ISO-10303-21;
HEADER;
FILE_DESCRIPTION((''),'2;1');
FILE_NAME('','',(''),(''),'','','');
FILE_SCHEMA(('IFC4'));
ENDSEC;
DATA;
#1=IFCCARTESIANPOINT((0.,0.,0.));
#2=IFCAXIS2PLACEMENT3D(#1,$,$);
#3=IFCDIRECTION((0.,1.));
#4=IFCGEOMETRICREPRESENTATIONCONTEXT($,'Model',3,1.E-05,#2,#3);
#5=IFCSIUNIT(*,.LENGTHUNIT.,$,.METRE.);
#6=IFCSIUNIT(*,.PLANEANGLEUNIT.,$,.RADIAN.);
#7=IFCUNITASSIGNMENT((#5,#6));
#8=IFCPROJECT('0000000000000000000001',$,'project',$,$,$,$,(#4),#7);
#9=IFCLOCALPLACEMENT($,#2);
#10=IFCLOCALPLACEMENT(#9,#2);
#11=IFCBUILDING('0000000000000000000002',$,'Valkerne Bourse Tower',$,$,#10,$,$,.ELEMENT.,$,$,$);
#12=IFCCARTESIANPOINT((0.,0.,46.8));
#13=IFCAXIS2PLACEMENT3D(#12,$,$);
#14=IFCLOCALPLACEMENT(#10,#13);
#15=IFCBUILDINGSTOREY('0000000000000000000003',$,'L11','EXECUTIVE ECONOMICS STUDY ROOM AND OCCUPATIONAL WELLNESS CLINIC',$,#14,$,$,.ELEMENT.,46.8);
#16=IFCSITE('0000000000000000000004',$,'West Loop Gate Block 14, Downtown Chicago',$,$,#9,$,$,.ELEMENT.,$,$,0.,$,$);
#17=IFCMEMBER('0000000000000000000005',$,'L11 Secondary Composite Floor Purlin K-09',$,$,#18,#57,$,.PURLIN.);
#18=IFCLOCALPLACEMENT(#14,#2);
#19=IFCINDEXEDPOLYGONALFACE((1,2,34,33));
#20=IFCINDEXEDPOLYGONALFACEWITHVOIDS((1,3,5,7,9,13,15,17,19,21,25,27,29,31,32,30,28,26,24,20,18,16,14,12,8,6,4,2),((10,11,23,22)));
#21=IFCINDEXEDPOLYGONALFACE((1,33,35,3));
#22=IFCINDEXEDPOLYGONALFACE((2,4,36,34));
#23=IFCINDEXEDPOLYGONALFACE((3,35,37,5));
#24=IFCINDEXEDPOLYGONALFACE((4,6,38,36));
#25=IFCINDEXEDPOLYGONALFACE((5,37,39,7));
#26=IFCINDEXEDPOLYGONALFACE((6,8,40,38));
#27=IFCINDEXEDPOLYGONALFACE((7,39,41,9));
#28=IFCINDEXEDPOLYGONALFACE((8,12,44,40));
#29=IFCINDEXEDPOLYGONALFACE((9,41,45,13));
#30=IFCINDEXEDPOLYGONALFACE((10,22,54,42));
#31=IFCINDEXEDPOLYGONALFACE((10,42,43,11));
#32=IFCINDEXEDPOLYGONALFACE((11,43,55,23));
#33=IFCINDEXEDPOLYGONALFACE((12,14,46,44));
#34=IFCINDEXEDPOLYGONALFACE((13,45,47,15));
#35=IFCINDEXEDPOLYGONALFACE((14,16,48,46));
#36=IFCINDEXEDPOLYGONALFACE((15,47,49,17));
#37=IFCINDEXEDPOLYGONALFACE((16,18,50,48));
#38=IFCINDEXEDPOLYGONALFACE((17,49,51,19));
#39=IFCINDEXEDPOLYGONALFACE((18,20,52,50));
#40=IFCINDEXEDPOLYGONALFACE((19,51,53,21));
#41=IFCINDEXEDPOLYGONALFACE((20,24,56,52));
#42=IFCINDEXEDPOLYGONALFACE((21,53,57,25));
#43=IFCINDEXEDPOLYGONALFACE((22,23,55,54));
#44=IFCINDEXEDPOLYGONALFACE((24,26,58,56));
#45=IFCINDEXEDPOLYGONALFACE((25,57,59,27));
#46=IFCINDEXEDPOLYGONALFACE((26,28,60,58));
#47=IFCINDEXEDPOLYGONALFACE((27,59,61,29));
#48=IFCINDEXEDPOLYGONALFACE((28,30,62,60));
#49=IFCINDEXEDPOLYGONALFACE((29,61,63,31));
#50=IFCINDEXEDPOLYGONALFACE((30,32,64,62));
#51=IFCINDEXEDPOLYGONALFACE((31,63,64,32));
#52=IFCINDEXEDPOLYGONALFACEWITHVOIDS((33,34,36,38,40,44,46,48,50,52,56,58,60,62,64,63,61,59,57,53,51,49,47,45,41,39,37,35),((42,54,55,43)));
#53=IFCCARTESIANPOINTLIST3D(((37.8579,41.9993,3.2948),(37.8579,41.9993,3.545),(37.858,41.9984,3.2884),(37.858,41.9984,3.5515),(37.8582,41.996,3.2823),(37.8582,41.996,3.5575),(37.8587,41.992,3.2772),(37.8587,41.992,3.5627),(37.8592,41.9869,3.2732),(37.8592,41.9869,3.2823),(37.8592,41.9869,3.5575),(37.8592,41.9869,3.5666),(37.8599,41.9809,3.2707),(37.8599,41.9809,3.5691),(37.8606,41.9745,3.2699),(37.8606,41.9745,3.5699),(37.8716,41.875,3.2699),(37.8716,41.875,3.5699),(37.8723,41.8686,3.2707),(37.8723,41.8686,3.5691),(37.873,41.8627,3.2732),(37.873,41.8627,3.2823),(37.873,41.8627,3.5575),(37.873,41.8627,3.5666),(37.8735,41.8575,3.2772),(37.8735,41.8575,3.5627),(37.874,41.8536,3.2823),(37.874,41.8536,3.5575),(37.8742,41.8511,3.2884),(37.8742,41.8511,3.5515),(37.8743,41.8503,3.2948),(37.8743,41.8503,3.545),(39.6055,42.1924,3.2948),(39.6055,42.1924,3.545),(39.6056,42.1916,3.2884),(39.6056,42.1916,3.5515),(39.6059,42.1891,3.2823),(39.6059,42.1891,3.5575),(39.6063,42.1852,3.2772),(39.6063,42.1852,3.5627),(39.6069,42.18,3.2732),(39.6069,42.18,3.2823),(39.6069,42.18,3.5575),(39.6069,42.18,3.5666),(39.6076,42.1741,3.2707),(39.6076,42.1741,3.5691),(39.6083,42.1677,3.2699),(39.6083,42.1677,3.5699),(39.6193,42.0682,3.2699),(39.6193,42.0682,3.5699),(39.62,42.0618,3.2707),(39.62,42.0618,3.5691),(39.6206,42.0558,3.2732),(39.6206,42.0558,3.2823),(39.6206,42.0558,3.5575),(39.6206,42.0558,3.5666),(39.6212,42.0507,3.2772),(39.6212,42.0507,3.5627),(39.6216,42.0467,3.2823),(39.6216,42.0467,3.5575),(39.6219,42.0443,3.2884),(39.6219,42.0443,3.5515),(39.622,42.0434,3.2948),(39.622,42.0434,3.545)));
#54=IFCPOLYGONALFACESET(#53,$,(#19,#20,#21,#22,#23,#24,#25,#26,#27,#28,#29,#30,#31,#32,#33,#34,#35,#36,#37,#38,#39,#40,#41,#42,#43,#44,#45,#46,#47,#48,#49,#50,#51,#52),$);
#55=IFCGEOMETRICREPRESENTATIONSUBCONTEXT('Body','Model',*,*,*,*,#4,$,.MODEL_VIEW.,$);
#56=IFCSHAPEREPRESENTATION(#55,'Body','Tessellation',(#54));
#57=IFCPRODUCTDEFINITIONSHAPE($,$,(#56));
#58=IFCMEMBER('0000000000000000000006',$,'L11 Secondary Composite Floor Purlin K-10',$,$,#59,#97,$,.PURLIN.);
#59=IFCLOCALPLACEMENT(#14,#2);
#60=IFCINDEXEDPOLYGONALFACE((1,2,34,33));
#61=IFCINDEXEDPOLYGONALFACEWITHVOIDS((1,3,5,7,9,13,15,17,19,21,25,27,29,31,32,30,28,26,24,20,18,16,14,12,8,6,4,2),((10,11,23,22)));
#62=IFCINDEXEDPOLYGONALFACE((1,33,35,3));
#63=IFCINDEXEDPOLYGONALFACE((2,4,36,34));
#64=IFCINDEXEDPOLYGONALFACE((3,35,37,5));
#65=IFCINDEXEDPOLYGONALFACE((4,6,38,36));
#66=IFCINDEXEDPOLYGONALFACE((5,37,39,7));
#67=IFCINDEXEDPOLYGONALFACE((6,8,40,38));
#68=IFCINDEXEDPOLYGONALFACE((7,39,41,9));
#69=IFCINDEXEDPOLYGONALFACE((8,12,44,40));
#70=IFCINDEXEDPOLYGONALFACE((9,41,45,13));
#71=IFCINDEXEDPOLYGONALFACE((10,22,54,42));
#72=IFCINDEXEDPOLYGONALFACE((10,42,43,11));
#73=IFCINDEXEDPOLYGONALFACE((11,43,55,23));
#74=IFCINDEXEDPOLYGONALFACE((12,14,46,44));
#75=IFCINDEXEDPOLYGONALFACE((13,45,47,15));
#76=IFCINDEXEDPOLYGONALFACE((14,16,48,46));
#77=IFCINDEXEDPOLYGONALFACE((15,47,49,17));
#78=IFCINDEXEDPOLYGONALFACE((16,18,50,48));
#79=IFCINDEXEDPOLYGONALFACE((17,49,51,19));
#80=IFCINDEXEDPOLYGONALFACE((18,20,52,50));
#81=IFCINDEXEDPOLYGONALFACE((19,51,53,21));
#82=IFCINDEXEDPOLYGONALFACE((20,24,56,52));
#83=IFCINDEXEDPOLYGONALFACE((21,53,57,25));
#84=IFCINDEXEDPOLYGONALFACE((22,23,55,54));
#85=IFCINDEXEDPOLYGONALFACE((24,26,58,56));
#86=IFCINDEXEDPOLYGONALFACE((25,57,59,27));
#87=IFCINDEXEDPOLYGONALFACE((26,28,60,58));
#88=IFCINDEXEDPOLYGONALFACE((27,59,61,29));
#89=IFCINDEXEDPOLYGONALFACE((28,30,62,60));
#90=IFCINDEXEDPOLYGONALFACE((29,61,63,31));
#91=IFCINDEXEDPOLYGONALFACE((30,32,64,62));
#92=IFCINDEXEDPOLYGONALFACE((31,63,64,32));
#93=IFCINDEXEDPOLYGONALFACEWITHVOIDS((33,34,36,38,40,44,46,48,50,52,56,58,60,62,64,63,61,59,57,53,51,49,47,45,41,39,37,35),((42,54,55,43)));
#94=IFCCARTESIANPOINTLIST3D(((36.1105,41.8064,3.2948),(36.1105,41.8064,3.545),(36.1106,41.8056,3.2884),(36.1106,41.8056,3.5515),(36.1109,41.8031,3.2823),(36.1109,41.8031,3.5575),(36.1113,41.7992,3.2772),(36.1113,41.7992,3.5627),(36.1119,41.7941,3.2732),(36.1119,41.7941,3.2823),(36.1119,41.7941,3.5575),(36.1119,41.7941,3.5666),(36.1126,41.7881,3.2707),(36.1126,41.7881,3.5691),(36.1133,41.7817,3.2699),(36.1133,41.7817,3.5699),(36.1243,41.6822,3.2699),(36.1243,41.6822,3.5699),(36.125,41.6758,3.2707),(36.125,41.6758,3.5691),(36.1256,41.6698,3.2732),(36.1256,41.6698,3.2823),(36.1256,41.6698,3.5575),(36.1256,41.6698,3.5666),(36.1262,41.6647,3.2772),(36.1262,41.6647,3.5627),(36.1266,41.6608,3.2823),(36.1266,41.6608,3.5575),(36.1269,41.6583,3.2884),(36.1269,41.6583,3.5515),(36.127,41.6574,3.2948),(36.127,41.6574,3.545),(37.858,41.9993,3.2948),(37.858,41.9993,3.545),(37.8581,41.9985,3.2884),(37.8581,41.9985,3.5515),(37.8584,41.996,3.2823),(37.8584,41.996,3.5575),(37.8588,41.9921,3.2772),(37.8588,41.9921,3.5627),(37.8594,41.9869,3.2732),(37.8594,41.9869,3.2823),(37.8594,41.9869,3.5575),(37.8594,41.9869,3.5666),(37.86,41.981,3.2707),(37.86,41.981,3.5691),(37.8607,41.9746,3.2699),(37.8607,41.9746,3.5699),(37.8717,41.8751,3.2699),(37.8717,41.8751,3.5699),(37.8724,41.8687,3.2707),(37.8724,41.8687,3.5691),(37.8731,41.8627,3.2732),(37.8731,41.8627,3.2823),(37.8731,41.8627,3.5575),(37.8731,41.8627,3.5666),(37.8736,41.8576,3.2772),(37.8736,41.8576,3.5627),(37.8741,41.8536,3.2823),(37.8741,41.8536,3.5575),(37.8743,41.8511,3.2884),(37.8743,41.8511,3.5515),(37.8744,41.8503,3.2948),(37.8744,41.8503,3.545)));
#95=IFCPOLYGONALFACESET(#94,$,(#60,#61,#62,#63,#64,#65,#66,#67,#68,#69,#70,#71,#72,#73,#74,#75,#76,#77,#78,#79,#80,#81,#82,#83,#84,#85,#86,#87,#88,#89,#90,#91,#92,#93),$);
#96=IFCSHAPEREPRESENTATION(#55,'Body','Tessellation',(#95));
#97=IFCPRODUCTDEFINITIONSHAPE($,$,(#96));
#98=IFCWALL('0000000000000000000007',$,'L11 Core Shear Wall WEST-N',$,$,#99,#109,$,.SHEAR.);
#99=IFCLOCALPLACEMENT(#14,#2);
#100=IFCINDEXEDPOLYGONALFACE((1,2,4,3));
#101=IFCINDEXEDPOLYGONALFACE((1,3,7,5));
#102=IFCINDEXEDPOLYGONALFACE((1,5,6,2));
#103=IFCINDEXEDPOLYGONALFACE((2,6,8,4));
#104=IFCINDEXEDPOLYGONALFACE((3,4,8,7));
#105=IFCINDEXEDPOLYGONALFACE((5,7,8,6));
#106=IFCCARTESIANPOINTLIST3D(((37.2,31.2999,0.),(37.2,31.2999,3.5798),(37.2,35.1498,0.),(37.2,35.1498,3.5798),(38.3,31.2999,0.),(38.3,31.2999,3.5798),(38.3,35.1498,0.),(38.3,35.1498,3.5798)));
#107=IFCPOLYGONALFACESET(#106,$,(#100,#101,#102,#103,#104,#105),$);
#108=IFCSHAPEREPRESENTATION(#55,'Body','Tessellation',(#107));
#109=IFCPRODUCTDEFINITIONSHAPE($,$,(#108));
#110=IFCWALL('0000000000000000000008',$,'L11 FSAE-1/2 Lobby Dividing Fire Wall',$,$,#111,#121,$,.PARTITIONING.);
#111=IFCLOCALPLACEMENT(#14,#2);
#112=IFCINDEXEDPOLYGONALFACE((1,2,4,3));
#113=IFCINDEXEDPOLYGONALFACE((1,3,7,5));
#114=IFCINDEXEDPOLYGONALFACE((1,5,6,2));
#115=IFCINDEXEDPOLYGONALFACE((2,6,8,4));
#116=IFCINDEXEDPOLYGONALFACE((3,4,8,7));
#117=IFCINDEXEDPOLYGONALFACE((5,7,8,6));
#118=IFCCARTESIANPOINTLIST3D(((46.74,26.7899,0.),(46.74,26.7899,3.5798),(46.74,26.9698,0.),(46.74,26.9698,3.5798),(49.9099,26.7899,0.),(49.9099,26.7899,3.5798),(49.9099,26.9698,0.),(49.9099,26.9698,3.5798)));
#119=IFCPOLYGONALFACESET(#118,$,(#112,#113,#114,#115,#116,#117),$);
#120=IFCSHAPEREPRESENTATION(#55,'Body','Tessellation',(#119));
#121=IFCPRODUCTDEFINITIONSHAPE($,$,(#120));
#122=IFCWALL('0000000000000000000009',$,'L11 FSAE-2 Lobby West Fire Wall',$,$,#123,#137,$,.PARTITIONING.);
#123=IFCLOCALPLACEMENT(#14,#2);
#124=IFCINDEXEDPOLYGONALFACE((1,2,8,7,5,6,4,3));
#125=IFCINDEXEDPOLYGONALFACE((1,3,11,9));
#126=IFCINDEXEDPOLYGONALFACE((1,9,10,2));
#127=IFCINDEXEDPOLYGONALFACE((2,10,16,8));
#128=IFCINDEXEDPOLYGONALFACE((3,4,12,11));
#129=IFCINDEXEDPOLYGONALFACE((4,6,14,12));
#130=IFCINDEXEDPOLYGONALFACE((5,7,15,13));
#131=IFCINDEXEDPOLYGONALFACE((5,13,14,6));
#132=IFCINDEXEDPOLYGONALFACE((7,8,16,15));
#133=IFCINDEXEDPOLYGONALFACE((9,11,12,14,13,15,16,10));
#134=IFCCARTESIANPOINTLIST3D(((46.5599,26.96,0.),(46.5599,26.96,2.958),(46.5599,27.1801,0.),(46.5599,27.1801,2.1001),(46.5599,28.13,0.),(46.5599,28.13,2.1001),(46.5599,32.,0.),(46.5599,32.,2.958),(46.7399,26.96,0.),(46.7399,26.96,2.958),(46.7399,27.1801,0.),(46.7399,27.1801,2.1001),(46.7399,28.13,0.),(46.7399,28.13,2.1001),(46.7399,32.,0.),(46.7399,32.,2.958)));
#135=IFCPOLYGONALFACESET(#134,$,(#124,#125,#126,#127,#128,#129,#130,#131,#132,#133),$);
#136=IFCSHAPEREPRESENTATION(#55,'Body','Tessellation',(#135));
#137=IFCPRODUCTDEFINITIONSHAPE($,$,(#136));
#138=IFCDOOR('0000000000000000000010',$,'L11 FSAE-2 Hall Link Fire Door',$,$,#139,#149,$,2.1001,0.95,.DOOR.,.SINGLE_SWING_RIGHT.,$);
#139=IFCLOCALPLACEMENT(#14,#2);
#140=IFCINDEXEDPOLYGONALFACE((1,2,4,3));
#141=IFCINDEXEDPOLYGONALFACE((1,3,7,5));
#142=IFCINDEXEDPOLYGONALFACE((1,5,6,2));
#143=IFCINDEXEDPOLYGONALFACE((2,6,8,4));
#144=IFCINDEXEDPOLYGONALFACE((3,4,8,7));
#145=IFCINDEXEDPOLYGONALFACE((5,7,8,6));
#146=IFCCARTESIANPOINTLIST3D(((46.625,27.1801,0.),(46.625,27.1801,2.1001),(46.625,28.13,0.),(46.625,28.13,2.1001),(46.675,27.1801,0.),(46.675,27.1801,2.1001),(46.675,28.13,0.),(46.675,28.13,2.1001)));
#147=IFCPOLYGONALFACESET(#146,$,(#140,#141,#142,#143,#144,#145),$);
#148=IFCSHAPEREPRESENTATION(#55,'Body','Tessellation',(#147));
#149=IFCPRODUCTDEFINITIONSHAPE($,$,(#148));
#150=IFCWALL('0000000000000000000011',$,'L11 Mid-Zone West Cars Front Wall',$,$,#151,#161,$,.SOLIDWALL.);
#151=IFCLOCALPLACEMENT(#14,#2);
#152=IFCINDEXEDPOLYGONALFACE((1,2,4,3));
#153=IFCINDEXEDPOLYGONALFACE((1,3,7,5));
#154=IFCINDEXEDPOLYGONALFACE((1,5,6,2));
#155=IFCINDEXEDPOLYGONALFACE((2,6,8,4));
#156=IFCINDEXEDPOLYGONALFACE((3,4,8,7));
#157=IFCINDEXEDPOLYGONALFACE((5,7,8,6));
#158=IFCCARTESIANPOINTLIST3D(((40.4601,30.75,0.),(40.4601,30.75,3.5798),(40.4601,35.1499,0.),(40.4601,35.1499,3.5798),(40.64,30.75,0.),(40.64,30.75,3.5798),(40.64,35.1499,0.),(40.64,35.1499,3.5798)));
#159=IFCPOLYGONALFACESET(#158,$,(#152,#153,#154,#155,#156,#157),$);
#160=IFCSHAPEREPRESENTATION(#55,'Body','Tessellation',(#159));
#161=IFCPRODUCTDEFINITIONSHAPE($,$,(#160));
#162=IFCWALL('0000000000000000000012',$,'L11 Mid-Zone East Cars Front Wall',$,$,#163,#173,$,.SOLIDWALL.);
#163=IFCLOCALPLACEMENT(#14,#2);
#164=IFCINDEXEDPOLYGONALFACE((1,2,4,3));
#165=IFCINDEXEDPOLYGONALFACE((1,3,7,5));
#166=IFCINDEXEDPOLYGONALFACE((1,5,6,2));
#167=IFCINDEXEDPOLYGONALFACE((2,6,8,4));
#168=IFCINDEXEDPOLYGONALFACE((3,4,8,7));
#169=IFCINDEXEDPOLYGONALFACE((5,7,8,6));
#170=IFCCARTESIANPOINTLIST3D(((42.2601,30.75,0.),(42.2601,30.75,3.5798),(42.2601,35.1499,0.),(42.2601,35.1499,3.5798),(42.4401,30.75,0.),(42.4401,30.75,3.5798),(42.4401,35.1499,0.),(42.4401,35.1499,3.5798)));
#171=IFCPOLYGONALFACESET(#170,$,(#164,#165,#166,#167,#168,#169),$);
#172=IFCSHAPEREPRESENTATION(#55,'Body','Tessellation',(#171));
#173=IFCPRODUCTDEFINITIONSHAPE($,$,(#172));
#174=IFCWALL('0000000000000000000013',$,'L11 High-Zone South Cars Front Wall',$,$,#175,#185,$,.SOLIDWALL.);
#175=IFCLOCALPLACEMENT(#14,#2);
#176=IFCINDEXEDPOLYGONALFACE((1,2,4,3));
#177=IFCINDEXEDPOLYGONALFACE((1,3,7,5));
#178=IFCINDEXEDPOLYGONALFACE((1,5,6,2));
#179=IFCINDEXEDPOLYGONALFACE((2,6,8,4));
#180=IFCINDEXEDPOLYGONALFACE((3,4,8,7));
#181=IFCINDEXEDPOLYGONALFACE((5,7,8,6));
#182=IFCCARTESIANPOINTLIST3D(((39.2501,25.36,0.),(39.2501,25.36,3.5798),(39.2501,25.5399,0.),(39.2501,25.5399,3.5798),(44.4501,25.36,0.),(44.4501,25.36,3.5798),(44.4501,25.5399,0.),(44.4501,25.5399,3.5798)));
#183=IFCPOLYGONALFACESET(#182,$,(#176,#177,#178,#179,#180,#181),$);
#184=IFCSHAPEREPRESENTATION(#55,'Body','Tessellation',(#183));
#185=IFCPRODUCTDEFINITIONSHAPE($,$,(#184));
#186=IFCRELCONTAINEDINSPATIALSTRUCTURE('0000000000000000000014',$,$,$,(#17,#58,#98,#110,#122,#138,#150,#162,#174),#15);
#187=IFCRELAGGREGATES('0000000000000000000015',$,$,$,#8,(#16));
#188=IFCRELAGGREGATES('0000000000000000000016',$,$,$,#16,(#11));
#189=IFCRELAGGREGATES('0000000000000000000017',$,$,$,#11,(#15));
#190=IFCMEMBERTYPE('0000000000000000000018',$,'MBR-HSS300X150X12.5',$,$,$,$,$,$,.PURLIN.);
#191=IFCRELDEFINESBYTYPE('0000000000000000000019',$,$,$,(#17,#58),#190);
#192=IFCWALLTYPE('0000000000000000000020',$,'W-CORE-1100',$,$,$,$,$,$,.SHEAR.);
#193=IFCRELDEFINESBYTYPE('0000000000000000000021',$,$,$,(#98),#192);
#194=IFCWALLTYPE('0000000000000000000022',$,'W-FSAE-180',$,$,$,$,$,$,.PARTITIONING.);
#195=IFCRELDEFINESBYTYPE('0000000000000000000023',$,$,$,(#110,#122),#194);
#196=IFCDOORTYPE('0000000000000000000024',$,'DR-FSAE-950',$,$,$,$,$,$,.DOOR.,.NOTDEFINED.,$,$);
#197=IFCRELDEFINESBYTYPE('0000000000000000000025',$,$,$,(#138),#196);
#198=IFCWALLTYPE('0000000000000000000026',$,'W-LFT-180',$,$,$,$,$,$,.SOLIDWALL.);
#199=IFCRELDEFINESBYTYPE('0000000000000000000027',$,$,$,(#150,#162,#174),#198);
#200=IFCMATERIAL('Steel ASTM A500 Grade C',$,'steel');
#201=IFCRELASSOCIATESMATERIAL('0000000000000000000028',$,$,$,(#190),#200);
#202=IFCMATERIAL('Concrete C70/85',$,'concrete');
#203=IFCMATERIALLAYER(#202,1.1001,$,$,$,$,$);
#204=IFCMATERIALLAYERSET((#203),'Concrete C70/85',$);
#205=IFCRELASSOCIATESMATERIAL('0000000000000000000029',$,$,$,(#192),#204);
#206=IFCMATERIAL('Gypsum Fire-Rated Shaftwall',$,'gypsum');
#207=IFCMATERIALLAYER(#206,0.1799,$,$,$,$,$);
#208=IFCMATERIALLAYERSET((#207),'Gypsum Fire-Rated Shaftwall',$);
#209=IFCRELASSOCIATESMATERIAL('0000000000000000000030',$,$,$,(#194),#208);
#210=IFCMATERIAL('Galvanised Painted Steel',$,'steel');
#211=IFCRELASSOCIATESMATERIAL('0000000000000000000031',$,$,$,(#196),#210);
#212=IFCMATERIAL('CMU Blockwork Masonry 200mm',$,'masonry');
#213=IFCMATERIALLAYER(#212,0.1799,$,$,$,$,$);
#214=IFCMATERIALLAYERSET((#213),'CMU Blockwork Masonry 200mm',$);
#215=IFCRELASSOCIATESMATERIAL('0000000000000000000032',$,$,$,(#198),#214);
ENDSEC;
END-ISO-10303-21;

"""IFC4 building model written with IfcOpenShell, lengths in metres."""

from ifc_helpers import new_model, si_unit, direction, frame, frame_2d, origin, origin_2d, place, context, subcontext, project, spatial, rectangle, hollow_rectangle, extrude, material, layer, layer_set, material_profile, profile_set, type_object, element, fill, save


model = new_model("IFC4")

# Units and contexts
model_context = context("Model", 3, precision=1e-05, world=origin(), true_north=direction((0.0, 1.0)))
body_context = subcontext(model_context, "Body", "Model", "MODEL_VIEW")
ifc_project = project(units=[si_unit("LENGTHUNIT", "METRE"), si_unit("PLANEANGLEUNIT", "RADIAN")], contexts=[model_context])

# Site, building, storey
site_placement = place(None, origin())
site = spatial("IfcSite", under=ifc_project, at=site_placement, Name="West Loop Gate Block 14, Downtown Chicago", CompositionType="ELEMENT", RefElevation=0.0)
building_placement = place(site_placement, origin())
building = spatial("IfcBuilding", under=site, at=building_placement, Name="Valkerne Bourse Tower", CompositionType="ELEMENT")
storey_placement = place(building_placement, frame((0.0, 0.0, 46.8)))
storey = spatial("IfcBuildingStorey", under=building, at=storey_placement, Name="L11", Description="EXECUTIVE ECONOMICS STUDY ROOM AND OCCUPATIONAL WELLNESS CLINIC", CompositionType="ELEMENT", Elevation=46.8)

# Members
ifc_material_1 = material(Name="Steel ASTM A500 Grade C", Category="steel")
ifc_material_profile_1 = material_profile(ifc_material_1, hollow_rectangle(XDim=0.1499, YDim=0.3, WallThickness=0.0125, OuterFilletRadius=0.0249, at=origin_2d()), Name="HSS300X150X12.5")
ifc_profile_set_1 = profile_set([ifc_material_profile_1], Name="Steel ASTM A500 Grade C")
member_type = type_object("IfcMemberType", Name="MBR-HSS300X150X12.5", PredefinedType="PURLIN", material=ifc_profile_set_1)
member_1_placement = place(storey_placement, frame((39.6138, 42.1179, 3.4199), z_axis=(-0.99395, -0.109837, 0.0), x_axis=(0.109837, -0.99395, 0.0)))
element("IfcMember", 1, at=member_1_placement, inside=storey, type_object=member_type, Name="L11 Secondary Composite Floor Purlin K-09", PredefinedType="PURLIN", context=body_context, shape_type="SweptSolid", body=[
    extrude(hollow_rectangle(XDim=0.1499, YDim=0.3, WallThickness=0.0125, OuterFilletRadius=0.0249, at=origin_2d()), origin(), (0.0, 0.0, 1.0), 1.7583),
])
member_2_placement = place(storey_placement, frame((37.8662, 41.9248, 3.4199), z_axis=(-0.993965, -0.1097, 0.0), x_axis=(0.1097, -0.993965, 0.0)))
element("IfcMember", 2, at=member_2_placement, inside=storey, type_object=member_type, Name="L11 Secondary Composite Floor Purlin K-10", PredefinedType="PURLIN", context=body_context, shape_type="SweptSolid", body=[
    extrude(hollow_rectangle(XDim=0.1499, YDim=0.3, WallThickness=0.0125, OuterFilletRadius=0.0249, at=origin_2d()), origin(), (0.0, 0.0, 1.0), 1.7581),
])

# Shared definitions
ifc_material_2 = material(Name="Concrete C70/85", Category="concrete")
ifc_layer_1 = layer(ifc_material_2, 1.1001)
ifc_layer_set_1 = layer_set([ifc_layer_1], Name="Concrete C70/85")
wall_type_1 = type_object("IfcWallType", Name="W-CORE-1100", PredefinedType="SHEAR", material=ifc_layer_set_1)
ifc_material_3 = material(Name="Galvanised Painted Steel", Category="steel")

# Walls
wall_1_placement = place(storey_placement, frame((37.75, 31.3, 0.0), z_axis=(0.0, 0.0, 1.0), x_axis=(0.0, 1.0, 0.0)))
element("IfcWall", 3, at=wall_1_placement, inside=storey, type_object=wall_type_1, Name="L11 Core Shear Wall WEST-N", PredefinedType="SHEAR", context=body_context, shape_type="SweptSolid", body=[
    extrude(rectangle(XDim=3.8499, YDim=1.1001, at=frame_2d((1.9248, 0.0))), origin(), (0.0, 0.0, 1.0), 3.5798),
])
ifc_material_4 = material(Name="Gypsum Fire-Rated Shaftwall", Category="gypsum")
ifc_layer_2 = layer(ifc_material_4, 0.1799)
ifc_layer_set_2 = layer_set([ifc_layer_2], Name="Gypsum Fire-Rated Shaftwall")
wall_type_2 = type_object("IfcWallType", Name="W-FSAE-180", PredefinedType="PARTITIONING", material=ifc_layer_set_2)
wall_2_placement = place(storey_placement, frame((46.74, 26.8799, 0.0), z_axis=(0.0, 0.0, 1.0), x_axis=(1.0, 0.0, 0.0)))
element("IfcWall", 4, at=wall_2_placement, inside=storey, type_object=wall_type_2, Name="L11 FSAE-1/2 Lobby Dividing Fire Wall", PredefinedType="PARTITIONING", context=body_context, shape_type="SweptSolid", body=[
    extrude(rectangle(XDim=3.1699, YDim=0.1799, at=frame_2d((1.585, 0.0))), origin(), (0.0, 0.0, 1.0), 3.5798),
])

# Wall, opening, door
wall_3_placement = place(storey_placement, frame((46.6499, 26.96, 0.0), z_axis=(0.0, 0.0, 1.0), x_axis=(0.0, 1.0, 0.0)))
wall_3 = element("IfcWall", 5, at=wall_3_placement, inside=storey, type_object=wall_type_2, Name="L11 FSAE-2 Lobby West Fire Wall", PredefinedType="PARTITIONING", context=body_context, shape_type="SweptSolid", body=[
    extrude(rectangle(XDim=5.04, YDim=0.1799, at=frame_2d((2.52, 0.0))), origin(), (0.0, 0.0, 1.0), 2.958),
])
opening_1_placement = place(wall_3_placement, frame((0.22, 0.0, 0.0)))
opening_1 = element("IfcOpeningElement", 6, at=opening_1_placement, cuts=wall_3, PredefinedType="OPENING", context=body_context, shape_type="SweptSolid", body=[
    extrude(rectangle(XDim=0.95, YDim=2.1001, at=frame_2d((0.4751, 1.05))), frame((0.0, 0.0999, 0.0), z_axis=(0.0, -1.0, 0.0), x_axis=(1.0, 0.0, 0.0)), (0.0, 0.0, 1.0), 0.2),
])
door_type_1 = type_object("IfcDoorType", Name="DR-FSAE-950", OperationType="NOTDEFINED", PredefinedType="DOOR", material=ifc_material_3)
door_1_placement = place(opening_1_placement, origin())
door_1 = element("IfcDoor", 7, at=door_1_placement, inside=storey, type_object=door_type_1, Name="L11 FSAE-2 Hall Link Fire Door", OperationType="SINGLE_SWING_RIGHT", OverallHeight=2.1001, OverallWidth=0.95, PredefinedType="DOOR", context=body_context, shape_type="SweptSolid", body=[
    extrude(rectangle(XDim=0.95, YDim=2.1001, at=frame_2d((0.4751, 1.05))), frame((0.0, 0.0249, 0.0), z_axis=(0.0, -1.0, 0.0), x_axis=(1.0, 0.0, 0.0)), (0.0, 0.0, 1.0), 0.05),
])
fill(opening_1, door_1)

# Walls
ifc_material_5 = material(Name="CMU Blockwork Masonry 200mm", Category="masonry")
ifc_layer_3 = layer(ifc_material_5, 0.1799)
ifc_layer_set_3 = layer_set([ifc_layer_3], Name="CMU Blockwork Masonry 200mm")
wall_type_3 = type_object("IfcWallType", Name="W-LFT-180", PredefinedType="SOLIDWALL", material=ifc_layer_set_3)
for number, where, z_axis, x_axis, name in (
    (8, (40.55, 30.75, 0.0), (0.0, 0.0, 1.0), (0.0, 1.0, 0.0), "L11 Mid-Zone West Cars Front Wall"),
    (9, (42.3501, 30.75, 0.0), (0.0, 0.0, 1.0), (0.0, 1.0, 0.0), "L11 Mid-Zone East Cars Front Wall"),
):
    element("IfcWall", number, at=place(storey_placement, frame(where, z_axis=z_axis, x_axis=x_axis)), inside=storey, type_object=wall_type_3, Name=name, PredefinedType="SOLIDWALL", context=body_context, shape_type="SweptSolid", body=[
        extrude(rectangle(XDim=4.3999, YDim=0.1799, at=frame_2d((2.2, 0.0))), origin(), (0.0, 0.0, 1.0), 3.5798),
    ])
for number, where, z_axis, x_axis, name in (
    (10, (39.25, 25.45, 0.0), (0.0, 0.0, 1.0), (1.0, 0.0, 0.0), "L11 High-Zone South Cars Front Wall"),
):
    element("IfcWall", number, at=place(storey_placement, frame(where, z_axis=z_axis, x_axis=x_axis)), inside=storey, type_object=wall_type_3, Name=name, PredefinedType="SOLIDWALL", context=body_context, shape_type="SweptSolid", body=[
        extrude(rectangle(XDim=5.2, YDim=0.1799, at=frame_2d((2.6001, 0.0))), origin(), (0.0, 0.0, 1.0), 3.5798),
    ])

save(model, "model.ifc")
